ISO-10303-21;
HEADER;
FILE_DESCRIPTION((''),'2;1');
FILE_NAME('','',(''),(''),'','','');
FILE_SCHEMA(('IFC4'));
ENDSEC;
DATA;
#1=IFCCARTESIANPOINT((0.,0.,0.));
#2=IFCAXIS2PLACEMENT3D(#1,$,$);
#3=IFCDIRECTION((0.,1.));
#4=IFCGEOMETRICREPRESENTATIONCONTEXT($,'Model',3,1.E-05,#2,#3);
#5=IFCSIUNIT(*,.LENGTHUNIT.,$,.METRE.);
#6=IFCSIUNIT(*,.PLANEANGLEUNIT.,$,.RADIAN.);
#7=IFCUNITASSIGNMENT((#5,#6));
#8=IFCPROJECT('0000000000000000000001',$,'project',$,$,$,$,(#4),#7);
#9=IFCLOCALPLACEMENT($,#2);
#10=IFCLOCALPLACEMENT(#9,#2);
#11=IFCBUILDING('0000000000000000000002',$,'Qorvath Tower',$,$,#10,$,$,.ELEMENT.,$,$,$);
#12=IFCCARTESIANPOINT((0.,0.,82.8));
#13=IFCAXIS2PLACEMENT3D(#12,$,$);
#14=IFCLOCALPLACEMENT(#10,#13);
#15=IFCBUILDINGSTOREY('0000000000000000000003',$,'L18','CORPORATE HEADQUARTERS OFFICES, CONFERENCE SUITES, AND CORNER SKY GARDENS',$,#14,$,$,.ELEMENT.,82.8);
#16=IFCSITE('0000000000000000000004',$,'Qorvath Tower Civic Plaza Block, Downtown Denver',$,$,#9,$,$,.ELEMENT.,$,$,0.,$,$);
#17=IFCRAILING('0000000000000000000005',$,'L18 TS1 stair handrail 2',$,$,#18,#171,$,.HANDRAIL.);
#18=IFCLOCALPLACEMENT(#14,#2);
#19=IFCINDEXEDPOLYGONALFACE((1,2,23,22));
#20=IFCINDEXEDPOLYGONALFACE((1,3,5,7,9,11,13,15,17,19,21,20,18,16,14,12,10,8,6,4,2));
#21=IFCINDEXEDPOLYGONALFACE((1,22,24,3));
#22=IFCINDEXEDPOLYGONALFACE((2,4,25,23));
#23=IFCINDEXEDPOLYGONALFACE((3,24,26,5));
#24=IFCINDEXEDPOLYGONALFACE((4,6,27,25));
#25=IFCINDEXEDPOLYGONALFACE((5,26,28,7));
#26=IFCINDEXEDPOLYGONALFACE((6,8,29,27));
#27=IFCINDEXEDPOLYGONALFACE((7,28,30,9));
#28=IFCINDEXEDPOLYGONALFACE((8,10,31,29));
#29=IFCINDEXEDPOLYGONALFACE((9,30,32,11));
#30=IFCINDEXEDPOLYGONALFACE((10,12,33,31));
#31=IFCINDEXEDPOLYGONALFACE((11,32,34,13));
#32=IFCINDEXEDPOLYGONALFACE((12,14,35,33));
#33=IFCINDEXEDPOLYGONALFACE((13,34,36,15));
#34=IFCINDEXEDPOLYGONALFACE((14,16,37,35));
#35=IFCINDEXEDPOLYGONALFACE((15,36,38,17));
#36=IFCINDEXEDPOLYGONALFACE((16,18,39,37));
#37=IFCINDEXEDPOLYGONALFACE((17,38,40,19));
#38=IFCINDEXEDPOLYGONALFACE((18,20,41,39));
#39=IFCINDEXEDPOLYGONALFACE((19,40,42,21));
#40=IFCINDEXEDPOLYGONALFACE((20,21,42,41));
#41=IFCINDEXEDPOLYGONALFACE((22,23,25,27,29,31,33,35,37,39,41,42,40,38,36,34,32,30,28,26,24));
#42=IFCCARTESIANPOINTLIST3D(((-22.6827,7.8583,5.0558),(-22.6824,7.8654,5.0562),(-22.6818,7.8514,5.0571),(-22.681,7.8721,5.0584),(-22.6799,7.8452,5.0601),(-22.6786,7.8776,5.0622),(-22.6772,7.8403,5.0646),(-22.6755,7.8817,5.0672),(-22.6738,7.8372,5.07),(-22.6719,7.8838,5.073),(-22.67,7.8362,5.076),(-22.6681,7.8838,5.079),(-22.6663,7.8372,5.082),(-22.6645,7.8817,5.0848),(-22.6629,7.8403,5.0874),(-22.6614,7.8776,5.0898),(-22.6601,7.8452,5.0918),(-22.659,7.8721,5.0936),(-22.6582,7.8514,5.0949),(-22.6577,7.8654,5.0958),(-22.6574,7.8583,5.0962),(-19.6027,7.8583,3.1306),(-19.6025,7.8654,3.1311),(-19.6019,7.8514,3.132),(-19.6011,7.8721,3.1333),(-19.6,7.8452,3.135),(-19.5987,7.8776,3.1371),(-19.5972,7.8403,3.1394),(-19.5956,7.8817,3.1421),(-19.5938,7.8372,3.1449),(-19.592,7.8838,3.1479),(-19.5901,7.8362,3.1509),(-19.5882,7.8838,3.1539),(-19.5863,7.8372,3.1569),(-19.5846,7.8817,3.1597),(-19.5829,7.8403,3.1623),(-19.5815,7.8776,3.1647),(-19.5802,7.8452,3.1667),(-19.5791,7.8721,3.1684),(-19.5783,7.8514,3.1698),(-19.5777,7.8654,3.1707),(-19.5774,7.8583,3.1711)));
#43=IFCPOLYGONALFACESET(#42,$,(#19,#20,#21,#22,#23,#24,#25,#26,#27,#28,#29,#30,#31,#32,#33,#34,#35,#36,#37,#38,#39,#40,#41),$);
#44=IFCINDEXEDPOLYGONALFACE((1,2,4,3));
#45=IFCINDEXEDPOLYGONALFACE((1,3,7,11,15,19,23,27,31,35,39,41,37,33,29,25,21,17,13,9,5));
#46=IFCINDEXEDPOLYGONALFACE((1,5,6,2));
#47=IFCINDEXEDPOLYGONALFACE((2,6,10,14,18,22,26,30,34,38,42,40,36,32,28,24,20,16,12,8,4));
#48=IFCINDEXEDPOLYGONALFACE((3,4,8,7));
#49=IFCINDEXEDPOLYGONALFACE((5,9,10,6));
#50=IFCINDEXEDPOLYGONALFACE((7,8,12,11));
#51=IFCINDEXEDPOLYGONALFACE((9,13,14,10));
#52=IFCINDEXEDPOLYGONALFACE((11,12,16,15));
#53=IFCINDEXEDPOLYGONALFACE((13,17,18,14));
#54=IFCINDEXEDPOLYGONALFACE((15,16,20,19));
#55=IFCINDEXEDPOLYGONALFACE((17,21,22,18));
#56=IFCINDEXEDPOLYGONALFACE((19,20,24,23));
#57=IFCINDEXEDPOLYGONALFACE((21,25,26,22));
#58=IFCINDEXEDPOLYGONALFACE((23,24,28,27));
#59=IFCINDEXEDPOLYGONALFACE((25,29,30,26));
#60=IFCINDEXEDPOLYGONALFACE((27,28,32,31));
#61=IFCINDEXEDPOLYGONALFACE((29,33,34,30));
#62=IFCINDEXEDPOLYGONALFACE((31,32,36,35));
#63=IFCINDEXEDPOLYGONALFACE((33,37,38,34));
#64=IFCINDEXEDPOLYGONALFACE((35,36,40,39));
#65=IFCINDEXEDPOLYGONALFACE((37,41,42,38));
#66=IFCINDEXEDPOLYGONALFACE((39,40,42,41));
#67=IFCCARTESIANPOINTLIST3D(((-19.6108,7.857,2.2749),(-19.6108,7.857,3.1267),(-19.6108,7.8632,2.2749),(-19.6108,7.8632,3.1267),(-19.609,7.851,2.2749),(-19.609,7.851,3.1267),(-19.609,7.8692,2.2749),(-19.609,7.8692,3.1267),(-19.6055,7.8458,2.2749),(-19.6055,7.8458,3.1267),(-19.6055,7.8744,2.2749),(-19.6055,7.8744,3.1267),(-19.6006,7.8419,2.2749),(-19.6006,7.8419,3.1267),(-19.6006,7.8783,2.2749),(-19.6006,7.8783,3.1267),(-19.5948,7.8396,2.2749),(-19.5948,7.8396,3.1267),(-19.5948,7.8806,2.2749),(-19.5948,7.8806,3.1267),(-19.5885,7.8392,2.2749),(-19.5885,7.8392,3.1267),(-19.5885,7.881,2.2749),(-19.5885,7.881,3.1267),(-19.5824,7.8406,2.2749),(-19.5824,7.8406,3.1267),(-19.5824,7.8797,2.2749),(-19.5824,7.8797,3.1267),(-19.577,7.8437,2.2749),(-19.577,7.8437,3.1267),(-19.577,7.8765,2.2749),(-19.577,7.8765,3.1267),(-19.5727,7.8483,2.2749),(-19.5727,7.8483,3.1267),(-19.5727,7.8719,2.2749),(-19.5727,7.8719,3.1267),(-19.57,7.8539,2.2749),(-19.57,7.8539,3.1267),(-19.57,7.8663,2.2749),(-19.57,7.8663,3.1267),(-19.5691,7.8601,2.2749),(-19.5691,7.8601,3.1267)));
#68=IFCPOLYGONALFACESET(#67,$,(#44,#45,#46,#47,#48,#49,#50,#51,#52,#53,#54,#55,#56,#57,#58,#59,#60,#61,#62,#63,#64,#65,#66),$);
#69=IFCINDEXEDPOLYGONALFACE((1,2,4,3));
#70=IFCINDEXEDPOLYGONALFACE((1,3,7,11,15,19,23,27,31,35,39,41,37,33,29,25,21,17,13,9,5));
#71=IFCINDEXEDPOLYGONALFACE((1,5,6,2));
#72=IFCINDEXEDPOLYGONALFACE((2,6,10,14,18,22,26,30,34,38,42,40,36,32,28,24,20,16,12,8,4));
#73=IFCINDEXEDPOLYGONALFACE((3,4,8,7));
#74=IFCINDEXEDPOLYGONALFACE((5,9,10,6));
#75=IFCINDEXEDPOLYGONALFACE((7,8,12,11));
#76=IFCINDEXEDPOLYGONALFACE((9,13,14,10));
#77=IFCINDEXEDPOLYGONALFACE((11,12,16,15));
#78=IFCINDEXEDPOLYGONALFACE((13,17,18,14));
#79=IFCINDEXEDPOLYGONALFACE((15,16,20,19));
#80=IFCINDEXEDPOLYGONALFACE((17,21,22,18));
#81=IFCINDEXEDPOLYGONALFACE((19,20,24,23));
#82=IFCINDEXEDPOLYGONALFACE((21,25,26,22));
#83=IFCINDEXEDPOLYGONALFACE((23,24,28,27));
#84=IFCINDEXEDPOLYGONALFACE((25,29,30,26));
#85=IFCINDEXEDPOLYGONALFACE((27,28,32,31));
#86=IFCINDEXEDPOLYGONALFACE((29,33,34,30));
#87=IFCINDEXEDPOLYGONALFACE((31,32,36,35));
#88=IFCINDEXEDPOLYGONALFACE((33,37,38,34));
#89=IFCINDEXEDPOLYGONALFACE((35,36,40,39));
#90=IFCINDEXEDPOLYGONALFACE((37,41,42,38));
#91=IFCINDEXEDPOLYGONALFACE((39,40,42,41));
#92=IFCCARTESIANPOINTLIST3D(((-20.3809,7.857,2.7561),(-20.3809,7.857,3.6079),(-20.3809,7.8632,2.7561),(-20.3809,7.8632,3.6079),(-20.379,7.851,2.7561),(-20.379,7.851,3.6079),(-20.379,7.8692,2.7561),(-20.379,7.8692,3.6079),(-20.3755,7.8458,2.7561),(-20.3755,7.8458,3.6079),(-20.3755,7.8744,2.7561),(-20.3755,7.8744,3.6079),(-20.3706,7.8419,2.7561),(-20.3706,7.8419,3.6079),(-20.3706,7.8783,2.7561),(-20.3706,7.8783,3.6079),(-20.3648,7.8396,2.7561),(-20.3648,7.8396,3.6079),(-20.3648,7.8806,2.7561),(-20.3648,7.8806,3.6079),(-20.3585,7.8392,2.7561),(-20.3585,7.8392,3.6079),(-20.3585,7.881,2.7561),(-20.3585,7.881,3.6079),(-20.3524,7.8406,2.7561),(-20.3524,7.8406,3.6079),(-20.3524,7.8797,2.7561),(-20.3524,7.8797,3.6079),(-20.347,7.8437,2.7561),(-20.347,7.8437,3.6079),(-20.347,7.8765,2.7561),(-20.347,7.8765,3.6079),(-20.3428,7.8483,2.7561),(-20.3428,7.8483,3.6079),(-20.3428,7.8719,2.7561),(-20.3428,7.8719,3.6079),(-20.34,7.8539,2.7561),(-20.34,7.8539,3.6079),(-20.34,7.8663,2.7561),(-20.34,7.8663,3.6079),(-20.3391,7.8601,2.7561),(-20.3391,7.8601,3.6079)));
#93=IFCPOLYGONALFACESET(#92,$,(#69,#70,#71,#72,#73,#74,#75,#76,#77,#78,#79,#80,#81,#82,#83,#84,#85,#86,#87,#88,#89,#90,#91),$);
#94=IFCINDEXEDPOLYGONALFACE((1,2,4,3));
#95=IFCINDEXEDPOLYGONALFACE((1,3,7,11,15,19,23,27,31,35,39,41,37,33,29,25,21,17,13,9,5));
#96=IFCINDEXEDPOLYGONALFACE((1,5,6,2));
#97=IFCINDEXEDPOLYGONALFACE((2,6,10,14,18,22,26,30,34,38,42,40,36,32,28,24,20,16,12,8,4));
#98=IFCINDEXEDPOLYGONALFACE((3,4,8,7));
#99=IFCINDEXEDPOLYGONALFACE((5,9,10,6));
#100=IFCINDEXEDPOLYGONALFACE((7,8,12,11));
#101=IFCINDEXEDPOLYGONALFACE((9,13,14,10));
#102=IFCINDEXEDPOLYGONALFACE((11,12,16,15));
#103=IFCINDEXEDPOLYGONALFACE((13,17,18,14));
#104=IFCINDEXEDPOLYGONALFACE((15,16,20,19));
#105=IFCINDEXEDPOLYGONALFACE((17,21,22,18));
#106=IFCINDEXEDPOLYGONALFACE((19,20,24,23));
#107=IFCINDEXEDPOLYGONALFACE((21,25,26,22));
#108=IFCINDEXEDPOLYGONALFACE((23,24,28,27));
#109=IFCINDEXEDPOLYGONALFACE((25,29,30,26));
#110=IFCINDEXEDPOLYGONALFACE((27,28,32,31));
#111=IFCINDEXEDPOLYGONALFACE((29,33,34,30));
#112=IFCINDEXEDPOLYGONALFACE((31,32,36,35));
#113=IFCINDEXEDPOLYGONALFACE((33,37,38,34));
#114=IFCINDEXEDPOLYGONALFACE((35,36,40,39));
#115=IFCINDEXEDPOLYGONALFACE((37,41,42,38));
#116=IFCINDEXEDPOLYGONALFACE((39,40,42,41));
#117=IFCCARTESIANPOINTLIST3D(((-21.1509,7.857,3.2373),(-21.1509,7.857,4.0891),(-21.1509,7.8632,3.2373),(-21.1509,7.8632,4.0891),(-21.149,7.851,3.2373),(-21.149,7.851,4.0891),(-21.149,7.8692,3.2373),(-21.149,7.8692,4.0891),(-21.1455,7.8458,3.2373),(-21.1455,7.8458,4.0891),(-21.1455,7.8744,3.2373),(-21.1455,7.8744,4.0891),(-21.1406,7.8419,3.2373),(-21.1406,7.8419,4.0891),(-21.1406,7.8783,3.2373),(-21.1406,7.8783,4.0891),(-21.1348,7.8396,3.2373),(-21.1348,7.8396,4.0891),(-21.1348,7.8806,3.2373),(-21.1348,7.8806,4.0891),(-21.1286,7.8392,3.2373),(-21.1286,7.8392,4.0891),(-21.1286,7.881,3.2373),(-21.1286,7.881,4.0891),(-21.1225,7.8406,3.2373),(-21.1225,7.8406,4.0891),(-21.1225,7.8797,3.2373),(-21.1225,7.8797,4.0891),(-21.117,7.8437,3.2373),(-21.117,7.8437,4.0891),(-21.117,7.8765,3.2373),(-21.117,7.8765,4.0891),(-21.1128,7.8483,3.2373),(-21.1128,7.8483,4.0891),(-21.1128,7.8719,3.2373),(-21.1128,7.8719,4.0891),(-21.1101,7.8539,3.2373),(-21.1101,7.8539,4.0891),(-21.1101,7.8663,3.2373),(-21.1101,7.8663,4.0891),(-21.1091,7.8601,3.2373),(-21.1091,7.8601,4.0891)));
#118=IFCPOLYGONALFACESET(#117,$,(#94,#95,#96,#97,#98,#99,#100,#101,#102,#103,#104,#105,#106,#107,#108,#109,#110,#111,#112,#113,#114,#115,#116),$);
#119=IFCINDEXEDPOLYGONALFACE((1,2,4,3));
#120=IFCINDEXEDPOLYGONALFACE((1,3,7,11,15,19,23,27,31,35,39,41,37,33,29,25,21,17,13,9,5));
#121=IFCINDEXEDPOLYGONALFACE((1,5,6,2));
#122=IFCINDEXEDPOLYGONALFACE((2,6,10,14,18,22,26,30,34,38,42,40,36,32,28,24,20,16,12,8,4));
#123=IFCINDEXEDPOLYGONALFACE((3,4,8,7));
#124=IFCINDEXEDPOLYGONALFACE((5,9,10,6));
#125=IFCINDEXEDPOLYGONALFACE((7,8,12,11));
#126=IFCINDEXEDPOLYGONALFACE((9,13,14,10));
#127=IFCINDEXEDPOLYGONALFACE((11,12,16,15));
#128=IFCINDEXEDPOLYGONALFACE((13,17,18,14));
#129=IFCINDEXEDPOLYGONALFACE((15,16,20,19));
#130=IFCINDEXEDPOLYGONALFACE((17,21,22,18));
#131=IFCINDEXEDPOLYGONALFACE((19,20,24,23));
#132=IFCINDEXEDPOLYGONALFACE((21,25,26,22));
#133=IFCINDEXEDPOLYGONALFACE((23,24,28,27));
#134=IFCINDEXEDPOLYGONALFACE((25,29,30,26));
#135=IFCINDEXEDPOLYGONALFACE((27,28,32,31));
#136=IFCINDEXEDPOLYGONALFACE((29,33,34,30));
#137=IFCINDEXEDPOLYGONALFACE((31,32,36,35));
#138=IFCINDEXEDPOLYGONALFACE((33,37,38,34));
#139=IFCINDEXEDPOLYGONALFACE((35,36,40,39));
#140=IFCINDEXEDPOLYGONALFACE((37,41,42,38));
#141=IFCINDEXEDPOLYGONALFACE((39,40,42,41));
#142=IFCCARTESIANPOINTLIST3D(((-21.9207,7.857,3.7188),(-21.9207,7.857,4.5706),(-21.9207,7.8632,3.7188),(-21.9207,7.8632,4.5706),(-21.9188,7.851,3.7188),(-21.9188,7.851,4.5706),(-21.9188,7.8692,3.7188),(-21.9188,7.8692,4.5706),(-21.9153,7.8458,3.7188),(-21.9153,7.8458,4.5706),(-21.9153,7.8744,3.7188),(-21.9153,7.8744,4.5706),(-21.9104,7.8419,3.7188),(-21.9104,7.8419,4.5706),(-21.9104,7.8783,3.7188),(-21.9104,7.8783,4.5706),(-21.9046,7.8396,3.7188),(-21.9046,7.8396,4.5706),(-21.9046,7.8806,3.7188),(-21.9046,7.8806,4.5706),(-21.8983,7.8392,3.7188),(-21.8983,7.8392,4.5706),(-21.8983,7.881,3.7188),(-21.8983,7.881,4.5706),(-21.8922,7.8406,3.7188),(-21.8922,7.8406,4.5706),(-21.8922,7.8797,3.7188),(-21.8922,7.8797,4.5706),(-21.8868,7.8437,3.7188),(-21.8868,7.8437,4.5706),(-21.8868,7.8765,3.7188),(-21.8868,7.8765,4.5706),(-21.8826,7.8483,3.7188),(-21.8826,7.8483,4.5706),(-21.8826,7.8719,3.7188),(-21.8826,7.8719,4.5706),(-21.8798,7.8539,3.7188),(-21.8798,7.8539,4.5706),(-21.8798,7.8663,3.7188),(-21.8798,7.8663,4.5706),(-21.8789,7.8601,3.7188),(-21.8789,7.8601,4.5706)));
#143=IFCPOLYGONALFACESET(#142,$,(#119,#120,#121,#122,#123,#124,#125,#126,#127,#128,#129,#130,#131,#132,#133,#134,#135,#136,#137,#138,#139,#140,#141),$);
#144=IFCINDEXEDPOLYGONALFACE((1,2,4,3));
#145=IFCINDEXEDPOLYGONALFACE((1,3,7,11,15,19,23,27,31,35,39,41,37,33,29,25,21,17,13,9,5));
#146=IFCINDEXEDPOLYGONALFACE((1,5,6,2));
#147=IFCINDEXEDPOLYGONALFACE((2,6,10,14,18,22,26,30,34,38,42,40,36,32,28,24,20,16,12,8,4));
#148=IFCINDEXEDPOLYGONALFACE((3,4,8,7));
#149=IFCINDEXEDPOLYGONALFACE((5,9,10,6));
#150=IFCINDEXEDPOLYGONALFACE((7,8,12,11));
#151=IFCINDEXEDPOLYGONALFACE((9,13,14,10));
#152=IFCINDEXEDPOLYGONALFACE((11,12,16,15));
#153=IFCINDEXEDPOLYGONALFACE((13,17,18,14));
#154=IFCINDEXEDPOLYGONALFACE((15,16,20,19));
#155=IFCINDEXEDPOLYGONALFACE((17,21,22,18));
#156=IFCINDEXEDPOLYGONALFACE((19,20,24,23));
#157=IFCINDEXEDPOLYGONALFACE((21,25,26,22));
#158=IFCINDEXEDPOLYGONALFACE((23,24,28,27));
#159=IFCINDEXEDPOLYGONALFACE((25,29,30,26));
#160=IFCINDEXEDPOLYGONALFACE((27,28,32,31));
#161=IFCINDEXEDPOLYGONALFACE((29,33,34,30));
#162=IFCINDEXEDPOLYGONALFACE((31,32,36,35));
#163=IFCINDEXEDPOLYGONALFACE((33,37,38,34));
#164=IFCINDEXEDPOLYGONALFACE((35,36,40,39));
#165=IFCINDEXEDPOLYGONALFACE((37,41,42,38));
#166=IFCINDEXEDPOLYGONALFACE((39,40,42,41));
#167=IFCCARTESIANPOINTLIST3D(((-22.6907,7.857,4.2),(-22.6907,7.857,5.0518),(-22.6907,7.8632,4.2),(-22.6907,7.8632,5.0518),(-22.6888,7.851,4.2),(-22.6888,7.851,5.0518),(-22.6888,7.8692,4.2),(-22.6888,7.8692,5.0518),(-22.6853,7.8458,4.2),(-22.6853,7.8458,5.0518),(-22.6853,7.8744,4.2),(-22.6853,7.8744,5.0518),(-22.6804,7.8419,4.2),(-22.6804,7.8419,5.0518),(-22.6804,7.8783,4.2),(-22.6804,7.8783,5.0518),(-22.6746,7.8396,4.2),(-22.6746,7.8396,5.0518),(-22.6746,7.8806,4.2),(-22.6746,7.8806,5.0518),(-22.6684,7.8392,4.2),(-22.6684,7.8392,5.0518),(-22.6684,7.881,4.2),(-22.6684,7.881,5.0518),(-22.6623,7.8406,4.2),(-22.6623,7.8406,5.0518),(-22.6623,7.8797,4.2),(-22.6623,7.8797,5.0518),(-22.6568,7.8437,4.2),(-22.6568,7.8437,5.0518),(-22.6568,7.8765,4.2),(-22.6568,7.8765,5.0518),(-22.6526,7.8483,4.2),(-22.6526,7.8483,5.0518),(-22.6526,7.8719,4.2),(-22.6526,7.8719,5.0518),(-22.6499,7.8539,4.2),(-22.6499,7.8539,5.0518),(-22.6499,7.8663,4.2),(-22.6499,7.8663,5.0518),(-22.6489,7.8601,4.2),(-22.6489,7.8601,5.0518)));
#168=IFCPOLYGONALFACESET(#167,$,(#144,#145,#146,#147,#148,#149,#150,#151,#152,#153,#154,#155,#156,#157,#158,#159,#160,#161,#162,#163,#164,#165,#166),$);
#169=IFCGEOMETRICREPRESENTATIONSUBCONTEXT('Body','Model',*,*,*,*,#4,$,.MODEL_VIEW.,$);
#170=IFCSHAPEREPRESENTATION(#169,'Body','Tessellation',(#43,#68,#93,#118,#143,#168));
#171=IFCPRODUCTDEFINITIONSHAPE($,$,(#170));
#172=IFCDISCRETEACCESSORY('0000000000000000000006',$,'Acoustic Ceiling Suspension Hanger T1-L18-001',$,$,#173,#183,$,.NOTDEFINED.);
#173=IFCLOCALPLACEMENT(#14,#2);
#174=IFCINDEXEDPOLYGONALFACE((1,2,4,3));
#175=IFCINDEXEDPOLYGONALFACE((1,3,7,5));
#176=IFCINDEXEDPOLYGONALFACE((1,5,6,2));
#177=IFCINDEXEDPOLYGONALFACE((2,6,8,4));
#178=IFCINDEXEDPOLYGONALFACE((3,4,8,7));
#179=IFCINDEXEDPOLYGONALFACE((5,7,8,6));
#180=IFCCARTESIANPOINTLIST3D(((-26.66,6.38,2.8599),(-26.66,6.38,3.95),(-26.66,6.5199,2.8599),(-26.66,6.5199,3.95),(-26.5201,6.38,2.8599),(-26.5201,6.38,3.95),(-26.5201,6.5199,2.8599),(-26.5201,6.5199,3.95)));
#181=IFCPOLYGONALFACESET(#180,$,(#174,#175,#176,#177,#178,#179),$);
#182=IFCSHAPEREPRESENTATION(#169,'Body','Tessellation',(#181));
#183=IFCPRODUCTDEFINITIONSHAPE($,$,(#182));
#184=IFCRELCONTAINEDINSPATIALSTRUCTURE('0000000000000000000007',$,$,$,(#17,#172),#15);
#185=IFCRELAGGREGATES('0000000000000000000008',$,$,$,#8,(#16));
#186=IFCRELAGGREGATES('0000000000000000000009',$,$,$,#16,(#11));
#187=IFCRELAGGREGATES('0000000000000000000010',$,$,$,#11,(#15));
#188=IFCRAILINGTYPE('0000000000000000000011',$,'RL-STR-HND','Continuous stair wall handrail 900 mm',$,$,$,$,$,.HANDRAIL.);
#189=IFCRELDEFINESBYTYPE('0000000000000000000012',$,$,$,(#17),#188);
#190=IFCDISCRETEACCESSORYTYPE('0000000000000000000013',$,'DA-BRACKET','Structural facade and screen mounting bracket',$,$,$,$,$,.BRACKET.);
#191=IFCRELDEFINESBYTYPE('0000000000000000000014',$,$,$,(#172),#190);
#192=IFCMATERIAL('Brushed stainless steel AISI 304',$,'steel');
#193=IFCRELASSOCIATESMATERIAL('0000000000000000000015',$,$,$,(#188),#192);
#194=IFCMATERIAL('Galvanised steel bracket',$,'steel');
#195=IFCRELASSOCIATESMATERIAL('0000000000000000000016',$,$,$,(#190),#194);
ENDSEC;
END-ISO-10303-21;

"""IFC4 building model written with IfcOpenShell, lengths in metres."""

from ifc_helpers import new_model, si_unit, direction, frame, origin, origin_2d, place, context, subcontext, project, spatial, rectangle, circle, extrude, material, type_object, element, save


model = new_model("IFC4")

# Units and contexts
model_context = context("Model", 3, precision=1e-05, world=origin(), true_north=direction((0.0, 1.0)))
body_context = subcontext(model_context, "Body", "Model", "MODEL_VIEW")
ifc_project = project(units=[si_unit("LENGTHUNIT", "METRE"), si_unit("PLANEANGLEUNIT", "RADIAN")], contexts=[model_context])

# Site, building, storey
site_placement = place(None, origin())
site = spatial("IfcSite", under=ifc_project, at=site_placement, Name="Qorvath Tower Civic Plaza Block, Downtown Denver", CompositionType="ELEMENT", RefElevation=0.0)
building_placement = place(site_placement, origin())
building = spatial("IfcBuilding", under=site, at=building_placement, Name="Qorvath Tower", CompositionType="ELEMENT")
storey_placement = place(building_placement, frame((0.0, 0.0, 82.8)))
storey = spatial("IfcBuildingStorey", under=building, at=storey_placement, Name="L18", Description="CORPORATE HEADQUARTERS OFFICES, CONFERENCE SUITES, AND CORNER SKY GARDENS", CompositionType="ELEMENT", Elevation=82.8)

# Railing
ifc_material_1 = material(Name="Brushed stainless steel AISI 304", Category="steel")
railing_type_1 = type_object("IfcRailingType", Name="RL-STR-HND", Description="Continuous stair wall handrail 900 mm", PredefinedType="HANDRAIL", material=ifc_material_1)
railing_1_placement = place(storey_placement, frame((-19.5901, 7.8601, 2.2749)))
element("IfcRailing", 1, at=railing_1_placement, inside=storey, type_object=railing_type_1, Name="L18 TS1 stair handrail 2", PredefinedType="HANDRAIL", context=body_context, shape_type="SweptSolid", body=[
    extrude(circle(Radius=0.0239, at=origin_2d()), frame((0.0, 0.0, 0.876), z_axis=(-0.847979, 0.0, 0.530029), x_axis=(0.0, -1.0, 0.0)), (0.0, 0.0, 1.0), 3.6321),
    extrude(circle(Radius=0.021, at=origin_2d()), origin(), (0.0, 0.0, 1.0), 0.8518),
    extrude(circle(Radius=0.021, at=origin_2d()), frame((-0.77, 0.0, 0.4812)), (0.0, 0.0, 1.0), 0.8518),
    extrude(circle(Radius=0.021, at=origin_2d()), frame((-1.54, 0.0, 0.9624)), (0.0, 0.0, 1.0), 0.8518),
    extrude(circle(Radius=0.021, at=origin_2d()), frame((-2.3098, 0.0, 1.4438)), (0.0, 0.0, 1.0), 0.8518),
    extrude(circle(Radius=0.021, at=origin_2d()), frame((-3.0798, 0.0, 1.925)), (0.0, 0.0, 1.0), 0.8518),
])

# Discrete accessory
ifc_material_2 = material(Name="Galvanised steel bracket", Category="steel")
discrete_accessory_type = type_object("IfcDiscreteAccessoryType", Name="DA-BRACKET", Description="Structural facade and screen mounting bracket", PredefinedType="BRACKET", material=ifc_material_2)
discrete_accessory_placement = place(storey_placement, frame((-26.5901, 6.45, 2.8599), z_axis=(0.0, 0.0, 1.0), x_axis=(1.0, 0.0, 0.0)))
element("IfcDiscreteAccessory", 2, at=discrete_accessory_placement, inside=storey, type_object=discrete_accessory_type, Name="Acoustic Ceiling Suspension Hanger T1-L18-001", PredefinedType="NOTDEFINED", context=body_context, shape_type="SweptSolid", body=[
    extrude(rectangle(XDim=0.1399, YDim=0.1399, at=origin_2d()), origin(), (0.0, 0.0, 1.0), 1.0901),
])

save(model, "model.ifc")
